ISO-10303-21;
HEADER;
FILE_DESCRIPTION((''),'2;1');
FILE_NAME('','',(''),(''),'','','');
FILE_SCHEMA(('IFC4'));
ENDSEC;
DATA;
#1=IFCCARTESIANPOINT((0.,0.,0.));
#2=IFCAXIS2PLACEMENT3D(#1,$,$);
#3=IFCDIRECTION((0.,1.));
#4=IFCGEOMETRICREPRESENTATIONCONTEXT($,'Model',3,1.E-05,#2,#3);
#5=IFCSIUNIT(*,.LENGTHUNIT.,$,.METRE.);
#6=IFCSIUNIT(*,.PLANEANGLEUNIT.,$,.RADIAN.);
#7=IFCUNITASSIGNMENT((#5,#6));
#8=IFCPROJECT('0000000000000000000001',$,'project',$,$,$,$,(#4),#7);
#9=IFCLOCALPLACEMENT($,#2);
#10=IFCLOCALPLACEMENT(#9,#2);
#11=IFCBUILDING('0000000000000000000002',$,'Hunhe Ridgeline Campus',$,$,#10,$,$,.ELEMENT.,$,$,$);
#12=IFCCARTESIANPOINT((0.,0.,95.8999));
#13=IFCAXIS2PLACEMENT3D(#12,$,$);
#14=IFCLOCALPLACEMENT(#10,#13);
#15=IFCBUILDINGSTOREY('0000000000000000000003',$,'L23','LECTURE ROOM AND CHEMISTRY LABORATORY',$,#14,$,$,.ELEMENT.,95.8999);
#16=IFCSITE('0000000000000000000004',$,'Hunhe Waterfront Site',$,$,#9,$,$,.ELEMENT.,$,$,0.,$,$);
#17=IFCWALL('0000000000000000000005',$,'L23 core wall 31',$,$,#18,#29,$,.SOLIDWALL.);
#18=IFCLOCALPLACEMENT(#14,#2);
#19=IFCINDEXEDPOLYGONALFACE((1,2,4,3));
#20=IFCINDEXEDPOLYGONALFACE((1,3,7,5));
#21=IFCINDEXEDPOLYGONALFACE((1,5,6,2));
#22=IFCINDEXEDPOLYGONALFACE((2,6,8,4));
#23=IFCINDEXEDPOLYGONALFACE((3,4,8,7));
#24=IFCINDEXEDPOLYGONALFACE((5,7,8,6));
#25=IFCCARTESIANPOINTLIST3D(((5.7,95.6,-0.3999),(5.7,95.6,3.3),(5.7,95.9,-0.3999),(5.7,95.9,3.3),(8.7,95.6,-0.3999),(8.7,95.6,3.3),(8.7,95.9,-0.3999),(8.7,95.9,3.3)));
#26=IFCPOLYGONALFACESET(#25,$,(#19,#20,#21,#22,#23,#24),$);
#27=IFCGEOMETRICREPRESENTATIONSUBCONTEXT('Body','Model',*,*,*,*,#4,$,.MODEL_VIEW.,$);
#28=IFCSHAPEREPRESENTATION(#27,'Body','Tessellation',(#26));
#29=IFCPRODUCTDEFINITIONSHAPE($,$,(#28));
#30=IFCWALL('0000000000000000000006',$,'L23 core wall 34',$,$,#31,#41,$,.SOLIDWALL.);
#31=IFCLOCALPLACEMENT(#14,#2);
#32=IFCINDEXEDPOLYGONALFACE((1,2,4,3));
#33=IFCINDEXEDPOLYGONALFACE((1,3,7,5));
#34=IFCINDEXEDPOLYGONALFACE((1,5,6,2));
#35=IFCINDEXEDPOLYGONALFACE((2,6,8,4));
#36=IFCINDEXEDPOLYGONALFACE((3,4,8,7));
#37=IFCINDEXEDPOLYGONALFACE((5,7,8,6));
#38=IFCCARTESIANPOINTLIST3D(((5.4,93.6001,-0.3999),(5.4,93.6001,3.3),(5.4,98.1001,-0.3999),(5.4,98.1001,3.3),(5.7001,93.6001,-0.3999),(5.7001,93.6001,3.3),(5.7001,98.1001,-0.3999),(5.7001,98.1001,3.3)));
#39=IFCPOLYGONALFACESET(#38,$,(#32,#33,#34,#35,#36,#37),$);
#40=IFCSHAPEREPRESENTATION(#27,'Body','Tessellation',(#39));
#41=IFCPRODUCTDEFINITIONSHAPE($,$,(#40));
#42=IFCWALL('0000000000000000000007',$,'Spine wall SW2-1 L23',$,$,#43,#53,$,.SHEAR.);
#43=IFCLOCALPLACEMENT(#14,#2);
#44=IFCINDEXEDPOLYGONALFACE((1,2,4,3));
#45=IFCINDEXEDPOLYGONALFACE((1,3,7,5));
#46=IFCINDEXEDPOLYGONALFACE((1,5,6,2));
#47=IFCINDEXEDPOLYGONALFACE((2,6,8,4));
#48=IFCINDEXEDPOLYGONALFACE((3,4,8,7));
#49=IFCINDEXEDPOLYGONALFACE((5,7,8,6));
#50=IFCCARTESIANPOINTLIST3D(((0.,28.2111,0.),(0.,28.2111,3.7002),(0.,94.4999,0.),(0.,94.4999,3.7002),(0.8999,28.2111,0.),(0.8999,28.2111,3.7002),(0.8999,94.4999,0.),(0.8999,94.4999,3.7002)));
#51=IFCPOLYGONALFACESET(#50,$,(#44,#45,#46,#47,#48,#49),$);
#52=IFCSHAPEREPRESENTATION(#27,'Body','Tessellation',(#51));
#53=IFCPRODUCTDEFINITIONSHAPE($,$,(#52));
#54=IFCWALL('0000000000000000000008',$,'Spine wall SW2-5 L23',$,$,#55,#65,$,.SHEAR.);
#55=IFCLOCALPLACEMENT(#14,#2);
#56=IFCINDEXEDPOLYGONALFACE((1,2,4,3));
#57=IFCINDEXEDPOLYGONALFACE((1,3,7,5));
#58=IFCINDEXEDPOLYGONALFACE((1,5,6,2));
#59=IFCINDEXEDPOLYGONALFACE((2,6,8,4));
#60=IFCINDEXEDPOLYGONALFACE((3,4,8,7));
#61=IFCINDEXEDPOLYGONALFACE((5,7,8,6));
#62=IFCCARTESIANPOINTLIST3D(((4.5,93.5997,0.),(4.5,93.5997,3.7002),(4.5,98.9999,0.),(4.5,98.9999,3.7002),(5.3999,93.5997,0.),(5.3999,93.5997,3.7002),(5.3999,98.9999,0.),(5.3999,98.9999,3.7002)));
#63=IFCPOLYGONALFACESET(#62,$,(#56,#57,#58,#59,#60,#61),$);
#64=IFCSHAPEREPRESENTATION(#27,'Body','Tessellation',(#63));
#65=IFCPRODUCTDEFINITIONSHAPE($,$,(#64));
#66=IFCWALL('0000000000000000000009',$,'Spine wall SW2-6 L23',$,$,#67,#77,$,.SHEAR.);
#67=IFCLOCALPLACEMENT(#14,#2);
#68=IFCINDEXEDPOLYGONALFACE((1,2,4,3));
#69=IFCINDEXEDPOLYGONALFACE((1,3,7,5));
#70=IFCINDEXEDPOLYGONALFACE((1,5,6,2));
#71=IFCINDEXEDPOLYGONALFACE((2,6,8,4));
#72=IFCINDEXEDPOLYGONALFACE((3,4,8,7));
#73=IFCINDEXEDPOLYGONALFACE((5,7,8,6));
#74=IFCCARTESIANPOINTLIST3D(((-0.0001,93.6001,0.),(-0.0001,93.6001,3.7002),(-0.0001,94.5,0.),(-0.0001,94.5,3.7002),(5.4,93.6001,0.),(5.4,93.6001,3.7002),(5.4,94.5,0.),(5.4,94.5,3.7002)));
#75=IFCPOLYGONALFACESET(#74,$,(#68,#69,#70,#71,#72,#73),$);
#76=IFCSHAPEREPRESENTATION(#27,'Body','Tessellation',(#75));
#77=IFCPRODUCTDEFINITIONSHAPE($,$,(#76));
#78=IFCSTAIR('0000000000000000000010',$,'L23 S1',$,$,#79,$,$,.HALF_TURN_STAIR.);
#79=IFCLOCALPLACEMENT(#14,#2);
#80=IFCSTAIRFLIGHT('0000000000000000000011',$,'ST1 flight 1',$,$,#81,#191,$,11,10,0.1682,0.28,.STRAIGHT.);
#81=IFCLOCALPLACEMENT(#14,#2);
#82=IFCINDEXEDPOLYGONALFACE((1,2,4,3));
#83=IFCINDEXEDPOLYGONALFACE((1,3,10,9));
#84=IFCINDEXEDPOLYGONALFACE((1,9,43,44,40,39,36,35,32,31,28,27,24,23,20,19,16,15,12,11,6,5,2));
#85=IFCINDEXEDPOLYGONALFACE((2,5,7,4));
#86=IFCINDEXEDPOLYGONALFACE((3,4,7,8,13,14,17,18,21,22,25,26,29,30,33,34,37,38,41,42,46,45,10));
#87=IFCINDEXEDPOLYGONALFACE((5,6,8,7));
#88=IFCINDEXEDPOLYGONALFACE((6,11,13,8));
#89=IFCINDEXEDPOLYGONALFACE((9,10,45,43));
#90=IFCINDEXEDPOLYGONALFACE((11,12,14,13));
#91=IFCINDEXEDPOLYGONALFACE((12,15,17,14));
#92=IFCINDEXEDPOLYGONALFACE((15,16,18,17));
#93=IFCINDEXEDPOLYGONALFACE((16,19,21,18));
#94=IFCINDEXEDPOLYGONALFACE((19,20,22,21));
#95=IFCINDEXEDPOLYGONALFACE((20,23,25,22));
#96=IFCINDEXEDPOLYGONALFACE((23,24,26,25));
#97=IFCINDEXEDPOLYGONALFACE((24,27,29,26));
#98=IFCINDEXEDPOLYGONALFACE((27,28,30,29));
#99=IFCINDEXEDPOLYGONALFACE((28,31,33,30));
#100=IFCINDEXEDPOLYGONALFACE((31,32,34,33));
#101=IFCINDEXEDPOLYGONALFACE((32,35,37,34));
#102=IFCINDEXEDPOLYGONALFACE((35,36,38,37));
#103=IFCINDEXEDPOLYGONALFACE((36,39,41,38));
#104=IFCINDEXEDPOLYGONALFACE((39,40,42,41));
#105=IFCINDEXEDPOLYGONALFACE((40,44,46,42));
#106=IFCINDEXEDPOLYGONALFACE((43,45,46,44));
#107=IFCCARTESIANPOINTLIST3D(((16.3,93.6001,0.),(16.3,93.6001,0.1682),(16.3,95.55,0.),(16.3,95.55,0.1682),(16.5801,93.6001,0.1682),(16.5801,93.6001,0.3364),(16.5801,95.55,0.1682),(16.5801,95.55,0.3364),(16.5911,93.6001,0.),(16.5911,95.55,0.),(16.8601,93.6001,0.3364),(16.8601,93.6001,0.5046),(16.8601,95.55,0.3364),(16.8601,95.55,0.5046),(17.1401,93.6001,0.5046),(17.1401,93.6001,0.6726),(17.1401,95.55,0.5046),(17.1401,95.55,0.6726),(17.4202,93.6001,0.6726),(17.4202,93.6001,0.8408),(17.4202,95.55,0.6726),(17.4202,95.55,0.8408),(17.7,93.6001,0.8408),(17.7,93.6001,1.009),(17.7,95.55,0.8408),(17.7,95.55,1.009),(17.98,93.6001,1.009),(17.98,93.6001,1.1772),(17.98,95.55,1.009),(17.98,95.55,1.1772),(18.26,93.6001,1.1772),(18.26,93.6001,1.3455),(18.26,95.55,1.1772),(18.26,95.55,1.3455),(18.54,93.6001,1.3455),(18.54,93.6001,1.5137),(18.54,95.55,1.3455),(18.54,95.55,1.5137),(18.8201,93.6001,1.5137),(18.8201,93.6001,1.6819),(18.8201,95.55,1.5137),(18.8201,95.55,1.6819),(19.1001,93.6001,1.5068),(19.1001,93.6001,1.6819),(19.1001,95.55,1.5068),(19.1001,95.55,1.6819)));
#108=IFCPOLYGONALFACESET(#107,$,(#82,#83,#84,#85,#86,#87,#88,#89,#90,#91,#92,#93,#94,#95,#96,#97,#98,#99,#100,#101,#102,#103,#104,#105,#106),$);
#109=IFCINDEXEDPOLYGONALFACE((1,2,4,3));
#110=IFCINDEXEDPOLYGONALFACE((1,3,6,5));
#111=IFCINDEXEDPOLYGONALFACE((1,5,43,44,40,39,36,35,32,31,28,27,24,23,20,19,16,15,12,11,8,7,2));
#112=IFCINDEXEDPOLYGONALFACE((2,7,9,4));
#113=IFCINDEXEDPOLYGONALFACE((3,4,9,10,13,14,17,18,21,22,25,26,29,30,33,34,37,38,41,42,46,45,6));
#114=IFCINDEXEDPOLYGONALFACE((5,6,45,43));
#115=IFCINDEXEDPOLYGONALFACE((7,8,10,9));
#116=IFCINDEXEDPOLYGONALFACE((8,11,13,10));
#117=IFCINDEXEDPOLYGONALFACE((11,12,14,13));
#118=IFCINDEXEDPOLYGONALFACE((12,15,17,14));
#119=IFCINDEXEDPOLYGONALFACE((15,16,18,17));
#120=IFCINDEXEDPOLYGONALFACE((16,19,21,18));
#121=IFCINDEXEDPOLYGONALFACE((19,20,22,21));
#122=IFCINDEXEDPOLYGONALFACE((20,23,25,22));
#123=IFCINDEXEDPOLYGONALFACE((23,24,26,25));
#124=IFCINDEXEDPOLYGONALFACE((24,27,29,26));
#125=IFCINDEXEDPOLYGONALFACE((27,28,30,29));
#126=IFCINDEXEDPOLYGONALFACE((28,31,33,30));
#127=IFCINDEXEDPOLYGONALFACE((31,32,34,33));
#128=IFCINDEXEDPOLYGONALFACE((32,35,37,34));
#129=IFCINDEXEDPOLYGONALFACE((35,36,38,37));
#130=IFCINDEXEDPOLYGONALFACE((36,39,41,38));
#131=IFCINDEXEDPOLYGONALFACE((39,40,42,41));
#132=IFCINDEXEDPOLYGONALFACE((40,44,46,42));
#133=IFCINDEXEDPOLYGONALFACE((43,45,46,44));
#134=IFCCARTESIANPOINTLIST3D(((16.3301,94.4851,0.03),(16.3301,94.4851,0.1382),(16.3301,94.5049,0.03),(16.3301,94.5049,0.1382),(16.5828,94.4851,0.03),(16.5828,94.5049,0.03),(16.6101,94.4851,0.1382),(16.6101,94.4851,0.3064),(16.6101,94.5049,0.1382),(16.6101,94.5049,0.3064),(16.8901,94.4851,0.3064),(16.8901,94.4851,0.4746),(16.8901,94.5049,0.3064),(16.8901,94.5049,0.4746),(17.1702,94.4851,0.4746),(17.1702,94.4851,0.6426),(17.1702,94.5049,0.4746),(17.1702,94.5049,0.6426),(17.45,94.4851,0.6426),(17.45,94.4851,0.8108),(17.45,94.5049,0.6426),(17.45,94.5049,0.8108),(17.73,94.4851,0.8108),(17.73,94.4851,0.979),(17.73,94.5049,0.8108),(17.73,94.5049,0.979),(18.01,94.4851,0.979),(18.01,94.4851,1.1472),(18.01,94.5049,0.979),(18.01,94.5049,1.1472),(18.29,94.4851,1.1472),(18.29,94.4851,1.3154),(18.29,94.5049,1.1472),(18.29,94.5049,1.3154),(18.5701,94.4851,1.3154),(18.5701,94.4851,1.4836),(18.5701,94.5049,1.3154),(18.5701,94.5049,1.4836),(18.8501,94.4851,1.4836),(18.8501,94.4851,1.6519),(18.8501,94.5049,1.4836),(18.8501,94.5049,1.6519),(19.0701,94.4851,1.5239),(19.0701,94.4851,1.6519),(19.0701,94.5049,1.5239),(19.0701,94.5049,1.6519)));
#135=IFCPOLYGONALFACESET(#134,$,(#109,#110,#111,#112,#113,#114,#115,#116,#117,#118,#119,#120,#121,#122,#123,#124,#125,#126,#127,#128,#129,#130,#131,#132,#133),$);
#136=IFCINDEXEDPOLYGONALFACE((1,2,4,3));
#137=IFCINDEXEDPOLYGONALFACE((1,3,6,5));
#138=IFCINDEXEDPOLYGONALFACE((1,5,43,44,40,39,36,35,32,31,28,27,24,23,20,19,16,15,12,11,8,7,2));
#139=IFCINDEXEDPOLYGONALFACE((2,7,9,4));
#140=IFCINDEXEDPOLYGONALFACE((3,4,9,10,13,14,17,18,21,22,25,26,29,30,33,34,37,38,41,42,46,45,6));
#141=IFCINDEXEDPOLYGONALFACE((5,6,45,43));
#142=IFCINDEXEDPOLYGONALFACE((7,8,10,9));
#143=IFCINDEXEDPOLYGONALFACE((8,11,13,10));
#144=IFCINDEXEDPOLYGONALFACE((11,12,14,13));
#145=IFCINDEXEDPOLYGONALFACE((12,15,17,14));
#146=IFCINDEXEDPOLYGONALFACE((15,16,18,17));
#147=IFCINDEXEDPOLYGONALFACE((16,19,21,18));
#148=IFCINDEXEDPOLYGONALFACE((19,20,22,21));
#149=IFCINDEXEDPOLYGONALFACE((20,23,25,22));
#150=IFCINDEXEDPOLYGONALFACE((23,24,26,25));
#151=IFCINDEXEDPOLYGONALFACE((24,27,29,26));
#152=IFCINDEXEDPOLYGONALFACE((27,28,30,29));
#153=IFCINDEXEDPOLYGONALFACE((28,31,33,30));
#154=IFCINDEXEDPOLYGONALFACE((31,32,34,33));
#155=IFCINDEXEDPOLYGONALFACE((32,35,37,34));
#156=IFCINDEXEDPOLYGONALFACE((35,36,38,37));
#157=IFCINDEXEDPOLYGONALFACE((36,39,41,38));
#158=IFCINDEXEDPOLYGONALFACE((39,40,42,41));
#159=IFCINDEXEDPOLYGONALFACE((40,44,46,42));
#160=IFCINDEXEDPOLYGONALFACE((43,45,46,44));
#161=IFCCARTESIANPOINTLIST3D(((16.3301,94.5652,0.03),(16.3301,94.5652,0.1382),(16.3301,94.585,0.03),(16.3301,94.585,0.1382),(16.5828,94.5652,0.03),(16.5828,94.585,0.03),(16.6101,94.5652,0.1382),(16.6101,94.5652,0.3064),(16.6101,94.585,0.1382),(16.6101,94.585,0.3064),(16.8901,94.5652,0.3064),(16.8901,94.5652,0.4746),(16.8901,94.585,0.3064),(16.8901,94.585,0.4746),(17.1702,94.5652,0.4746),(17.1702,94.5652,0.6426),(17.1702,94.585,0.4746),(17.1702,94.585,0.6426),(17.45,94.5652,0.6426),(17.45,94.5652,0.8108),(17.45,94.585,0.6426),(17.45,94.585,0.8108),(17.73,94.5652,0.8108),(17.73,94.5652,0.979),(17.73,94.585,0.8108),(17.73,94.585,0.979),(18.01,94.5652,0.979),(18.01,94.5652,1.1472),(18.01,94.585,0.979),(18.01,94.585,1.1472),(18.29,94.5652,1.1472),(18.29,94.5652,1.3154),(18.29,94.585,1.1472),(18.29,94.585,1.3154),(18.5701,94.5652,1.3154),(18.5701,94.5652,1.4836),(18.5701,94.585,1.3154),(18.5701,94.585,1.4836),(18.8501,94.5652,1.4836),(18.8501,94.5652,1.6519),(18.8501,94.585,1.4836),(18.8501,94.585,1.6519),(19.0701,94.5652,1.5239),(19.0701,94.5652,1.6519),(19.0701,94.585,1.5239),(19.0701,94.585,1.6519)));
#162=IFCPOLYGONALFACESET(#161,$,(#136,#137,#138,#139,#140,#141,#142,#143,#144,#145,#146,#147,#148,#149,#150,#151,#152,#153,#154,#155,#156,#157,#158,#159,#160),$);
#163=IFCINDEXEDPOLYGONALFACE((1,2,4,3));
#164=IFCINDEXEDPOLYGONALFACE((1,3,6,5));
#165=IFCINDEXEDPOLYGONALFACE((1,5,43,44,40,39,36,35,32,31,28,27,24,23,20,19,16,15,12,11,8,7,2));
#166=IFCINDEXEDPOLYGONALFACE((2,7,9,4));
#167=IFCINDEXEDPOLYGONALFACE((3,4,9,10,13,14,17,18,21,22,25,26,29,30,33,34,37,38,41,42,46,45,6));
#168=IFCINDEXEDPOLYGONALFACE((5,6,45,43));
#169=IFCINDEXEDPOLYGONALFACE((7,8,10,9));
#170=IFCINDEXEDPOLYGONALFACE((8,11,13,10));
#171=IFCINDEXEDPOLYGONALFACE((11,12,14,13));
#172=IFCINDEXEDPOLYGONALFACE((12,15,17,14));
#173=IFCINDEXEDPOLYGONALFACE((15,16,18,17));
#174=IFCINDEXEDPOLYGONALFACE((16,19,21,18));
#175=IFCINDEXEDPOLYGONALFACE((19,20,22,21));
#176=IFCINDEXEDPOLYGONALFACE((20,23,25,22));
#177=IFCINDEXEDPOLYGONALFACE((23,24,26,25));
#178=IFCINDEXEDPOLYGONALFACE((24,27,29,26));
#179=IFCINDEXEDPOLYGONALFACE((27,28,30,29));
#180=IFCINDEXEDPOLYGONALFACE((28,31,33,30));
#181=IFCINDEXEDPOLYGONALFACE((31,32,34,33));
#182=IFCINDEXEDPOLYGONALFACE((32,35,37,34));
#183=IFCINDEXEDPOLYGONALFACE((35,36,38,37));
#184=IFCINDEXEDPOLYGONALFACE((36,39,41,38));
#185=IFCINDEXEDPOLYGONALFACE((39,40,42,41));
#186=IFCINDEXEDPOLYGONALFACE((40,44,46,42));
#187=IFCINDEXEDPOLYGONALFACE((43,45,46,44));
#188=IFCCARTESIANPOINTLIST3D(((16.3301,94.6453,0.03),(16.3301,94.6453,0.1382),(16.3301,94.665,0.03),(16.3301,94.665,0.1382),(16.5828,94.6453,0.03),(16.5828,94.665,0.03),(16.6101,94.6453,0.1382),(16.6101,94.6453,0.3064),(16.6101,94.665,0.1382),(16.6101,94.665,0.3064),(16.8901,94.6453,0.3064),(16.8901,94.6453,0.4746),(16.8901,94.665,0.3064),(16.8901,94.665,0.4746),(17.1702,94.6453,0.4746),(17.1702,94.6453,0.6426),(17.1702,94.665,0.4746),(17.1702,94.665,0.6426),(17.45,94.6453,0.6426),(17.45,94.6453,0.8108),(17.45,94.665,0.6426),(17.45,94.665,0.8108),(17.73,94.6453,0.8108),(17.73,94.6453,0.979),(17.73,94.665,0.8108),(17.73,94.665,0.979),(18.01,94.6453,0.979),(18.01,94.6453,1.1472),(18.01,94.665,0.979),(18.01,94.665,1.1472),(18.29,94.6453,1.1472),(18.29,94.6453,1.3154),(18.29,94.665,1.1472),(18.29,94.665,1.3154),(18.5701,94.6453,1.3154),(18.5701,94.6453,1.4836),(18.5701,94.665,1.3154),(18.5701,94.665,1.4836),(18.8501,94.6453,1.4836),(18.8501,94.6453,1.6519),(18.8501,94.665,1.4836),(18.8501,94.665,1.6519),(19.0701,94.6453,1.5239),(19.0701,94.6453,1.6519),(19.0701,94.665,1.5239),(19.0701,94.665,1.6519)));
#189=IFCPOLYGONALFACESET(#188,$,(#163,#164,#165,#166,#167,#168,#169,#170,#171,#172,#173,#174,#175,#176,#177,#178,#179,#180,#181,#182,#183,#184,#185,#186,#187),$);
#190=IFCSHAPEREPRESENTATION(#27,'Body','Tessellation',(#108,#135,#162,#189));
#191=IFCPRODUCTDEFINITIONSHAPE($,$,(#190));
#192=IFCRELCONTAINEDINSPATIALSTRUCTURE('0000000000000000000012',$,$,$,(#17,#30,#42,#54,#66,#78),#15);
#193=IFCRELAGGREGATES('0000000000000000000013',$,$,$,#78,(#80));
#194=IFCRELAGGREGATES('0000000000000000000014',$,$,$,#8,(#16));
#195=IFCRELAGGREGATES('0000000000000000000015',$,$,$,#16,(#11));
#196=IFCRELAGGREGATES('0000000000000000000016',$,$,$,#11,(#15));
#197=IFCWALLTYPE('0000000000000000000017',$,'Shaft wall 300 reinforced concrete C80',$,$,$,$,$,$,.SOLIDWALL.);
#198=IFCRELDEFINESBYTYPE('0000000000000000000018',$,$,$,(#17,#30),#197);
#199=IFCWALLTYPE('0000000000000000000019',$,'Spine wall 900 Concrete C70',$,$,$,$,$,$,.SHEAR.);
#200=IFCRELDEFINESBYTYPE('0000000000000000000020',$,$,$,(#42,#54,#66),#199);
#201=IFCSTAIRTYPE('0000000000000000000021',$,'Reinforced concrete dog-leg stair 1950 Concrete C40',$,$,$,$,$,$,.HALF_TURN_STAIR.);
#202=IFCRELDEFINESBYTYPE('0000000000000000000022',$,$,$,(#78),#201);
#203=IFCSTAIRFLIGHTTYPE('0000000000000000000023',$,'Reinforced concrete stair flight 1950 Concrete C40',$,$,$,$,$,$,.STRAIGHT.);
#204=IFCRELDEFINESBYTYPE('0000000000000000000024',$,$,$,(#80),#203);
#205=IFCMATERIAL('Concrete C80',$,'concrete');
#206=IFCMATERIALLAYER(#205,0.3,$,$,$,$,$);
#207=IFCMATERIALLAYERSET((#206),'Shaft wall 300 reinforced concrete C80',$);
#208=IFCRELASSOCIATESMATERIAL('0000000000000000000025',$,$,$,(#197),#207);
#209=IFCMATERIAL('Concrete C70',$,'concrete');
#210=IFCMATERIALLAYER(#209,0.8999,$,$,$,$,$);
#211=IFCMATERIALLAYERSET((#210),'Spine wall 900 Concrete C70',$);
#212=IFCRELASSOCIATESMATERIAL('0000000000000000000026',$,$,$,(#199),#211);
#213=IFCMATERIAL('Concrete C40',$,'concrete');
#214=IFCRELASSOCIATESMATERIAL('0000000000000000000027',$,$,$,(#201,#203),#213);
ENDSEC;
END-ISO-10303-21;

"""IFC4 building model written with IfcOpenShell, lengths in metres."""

from ifc_helpers import new_model, si_unit, direction, frame, frame_2d, origin, place, context, subcontext, project, spatial, polyline, rectangle, outline, extrude, material, layer, layer_set, type_object, element, aggregate, save


model = new_model("IFC4")

# Units and contexts
model_context = context("Model", 3, precision=1e-05, world=origin(), true_north=direction((0.0, 1.0)))
body_context = subcontext(model_context, "Body", "Model", "MODEL_VIEW")
ifc_project = project(units=[si_unit("LENGTHUNIT", "METRE"), si_unit("PLANEANGLEUNIT", "RADIAN")], contexts=[model_context])

# Site, building, storey
site_placement = place(None, origin())
site = spatial("IfcSite", under=ifc_project, at=site_placement, Name="Hunhe Waterfront Site", CompositionType="ELEMENT", RefElevation=0.0)
building_placement = place(site_placement, origin())
building = spatial("IfcBuilding", under=site, at=building_placement, Name="Hunhe Ridgeline Campus", CompositionType="ELEMENT")
storey_placement = place(building_placement, frame((0.0, 0.0, 95.8999)))
storey = spatial("IfcBuildingStorey", under=building, at=storey_placement, Name="L23", Description="LECTURE ROOM AND CHEMISTRY LABORATORY", CompositionType="ELEMENT", Elevation=95.8999)

# Shared definitions
ifc_material_1 = material(Name="Concrete C80", Category="concrete")
ifc_layer_1 = layer(ifc_material_1, 0.3)
ifc_layer_set_1 = layer_set([ifc_layer_1], Name="Shaft wall 300 reinforced concrete C80")
wall_type_1 = type_object("IfcWallType", Name="Shaft wall 300 reinforced concrete C80", PredefinedType="SOLIDWALL", material=ifc_layer_set_1)

# Walls
wall_1_placement = place(storey_placement, frame((5.7, 95.75, -0.3999), z_axis=(0.0, 0.0, 1.0), x_axis=(1.0, 0.0, 0.0)))
element("IfcWall", 1, at=wall_1_placement, inside=storey, type_object=wall_type_1, Name="L23 core wall 31", PredefinedType="SOLIDWALL", context=body_context, shape_type="SweptSolid", body=[
    extrude(rectangle(XDim=3.0, YDim=0.3, at=frame_2d((1.5, 0.0))), origin(), (0.0, 0.0, 1.0), 3.7),
])
wall_2_placement = place(storey_placement, frame((5.55, 93.6001, -0.3999), z_axis=(0.0, 0.0, 1.0), x_axis=(0.0, 1.0, 0.0)))
element("IfcWall", 2, at=wall_2_placement, inside=storey, type_object=wall_type_1, Name="L23 core wall 34", PredefinedType="SOLIDWALL", context=body_context, shape_type="SweptSolid", body=[
    extrude(rectangle(XDim=4.5, YDim=0.3, at=frame_2d((2.25, 0.0))), origin(), (0.0, 0.0, 1.0), 3.7),
])

# Walls
ifc_material_2 = material(Name="Concrete C70", Category="concrete")
ifc_layer_2 = layer(ifc_material_2, 0.8999)
ifc_layer_set_2 = layer_set([ifc_layer_2], Name="Spine wall 900 Concrete C70")
wall_type_2 = type_object("IfcWallType", Name="Spine wall 900 Concrete C70", PredefinedType="SHEAR", material=ifc_layer_set_2)
wall_3_placement = place(storey_placement, frame((0.45, 94.5, 0.0), z_axis=(0.0, 0.0, 1.0), x_axis=(0.0, -1.0, 0.0)))
element("IfcWall", 3, at=wall_3_placement, inside=storey, type_object=wall_type_2, Name="Spine wall SW2-1 L23", PredefinedType="SHEAR", context=body_context, shape_type="SweptSolid", body=[
    extrude(rectangle(XDim=66.2888, YDim=0.8999, at=frame_2d((33.1445, 0.0))), origin(), (0.0, 0.0, 1.0), 3.7002),
])
for number, where, z_axis, x_axis, name in (
    (4, (4.95, 99.0, 0.0), (0.0, 0.0, 1.0), (0.0, -1.0, 0.0), "Spine wall SW2-5 L23"),
    (5, (5.4001, 94.05, 0.0), (0.0, 0.0, 1.0), (-1.0, 0.0, 0.0), "Spine wall SW2-6 L23"),
):
    element("IfcWall", number, at=place(storey_placement, frame(where, z_axis=z_axis, x_axis=x_axis)), inside=storey, type_object=wall_type_2, Name=name, PredefinedType="SHEAR", context=body_context, shape_type="SweptSolid", body=[
        extrude(rectangle(XDim=5.4001, YDim=0.8999, at=frame_2d((2.7002, 0.0))), origin(), (0.0, 0.0, 1.0), 3.7002),
    ])

# Stair, stair flight
ifc_material_3 = material(Name="Concrete C40", Category="concrete")
stair_type = type_object("IfcStairType", Name="Reinforced concrete dog-leg stair 1950 Concrete C40", PredefinedType="HALF_TURN_STAIR", material=ifc_material_3)
stair_placement = place(storey_placement, origin())
stair = element("IfcStair", 6, at=stair_placement, inside=storey, type_object=stair_type, Name="L23 S1", PredefinedType="HALF_TURN_STAIR")
stair_flight_type = type_object("IfcStairFlightType", Name="Reinforced concrete stair flight 1950 Concrete C40", PredefinedType="STRAIGHT", material=ifc_material_3)
stair_flight_1_placement = place(storey_placement, frame((16.3, 94.575, 0.0), z_axis=(0.0, 0.0, 1.0), x_axis=(1.0, 0.0, 0.0)))
stair_flight_1 = element("IfcStairFlight", 7, at=stair_flight_1_placement, type_object=stair_flight_type, Name="ST1 flight 1", NumberOfRisers=11, NumberOfTreads=10, PredefinedType="STRAIGHT", RiserHeight=0.1682, TreadLength=0.28, context=body_context, shape_type="SweptSolid", body=[
    extrude(outline(polyline([(0.0, 0.0), (0.0, 0.1682), (0.28, 0.1682), (0.28, 0.3364), (0.5601, 0.3364), (0.5601, 0.5046), (0.8401, 0.5046), (0.8401, 0.6726), (1.1201, 0.6726), (1.1201, 0.8408), (1.3999, 0.8408), (1.3999, 1.009), (1.6799, 1.009), (1.6799, 1.1772), (1.96, 1.1772), (1.96, 1.3455), (2.24, 1.3455), (2.24, 1.5137), (2.52, 1.5137), (2.52, 1.6819), (2.8, 1.6819), (2.8, 1.8501), (2.8, 1.5068), (0.291, 0.0), (0.0, 0.0)])), frame((0.0, 0.9751, 0.0), z_axis=(0.0, -1.0, 0.0), x_axis=(1.0, 0.0, 0.0)), (0.0, 0.0, 1.0), 1.95),
    extrude(outline(polyline([(0.03, 0.03), (0.03, 0.1382), (0.3101, 0.1382), (0.3101, 0.3064), (0.5901, 0.3064), (0.5901, 0.4746), (0.8701, 0.4746), (0.8701, 0.6426), (1.1499, 0.6426), (1.1499, 0.8108), (1.4299, 0.8108), (1.4299, 0.979), (1.71, 0.979), (1.71, 1.1472), (1.99, 1.1472), (1.99, 1.3154), (2.27, 1.3154), (2.27, 1.4836), (2.55, 1.4836), (2.55, 1.6519), (2.77, 1.6519), (2.77, 1.5239), (0.2827, 0.03), (0.03, 0.03)])), frame((0.0, -0.0701, 0.0), z_axis=(0.0, -1.0, 0.0), x_axis=(1.0, 0.0, 0.0)), (0.0, 0.0, 1.0), 0.0198),
    extrude(outline(polyline([(0.03, 0.03), (0.03, 0.1382), (0.3101, 0.1382), (0.3101, 0.3064), (0.5901, 0.3064), (0.5901, 0.4746), (0.8701, 0.4746), (0.8701, 0.6426), (1.1499, 0.6426), (1.1499, 0.8108), (1.4299, 0.8108), (1.4299, 0.979), (1.71, 0.979), (1.71, 1.1472), (1.99, 1.1472), (1.99, 1.3154), (2.27, 1.3154), (2.27, 1.4836), (2.55, 1.4836), (2.55, 1.6519), (2.77, 1.6519), (2.77, 1.5239), (0.2827, 0.03), (0.03, 0.03)])), frame((0.0, 0.01, 0.0), z_axis=(0.0, -1.0, 0.0), x_axis=(1.0, 0.0, 0.0)), (0.0, 0.0, 1.0), 0.0198),
    extrude(outline(polyline([(0.03, 0.03), (0.03, 0.1382), (0.3101, 0.1382), (0.3101, 0.3064), (0.5901, 0.3064), (0.5901, 0.4746), (0.8701, 0.4746), (0.8701, 0.6426), (1.1499, 0.6426), (1.1499, 0.8108), (1.4299, 0.8108), (1.4299, 0.979), (1.71, 0.979), (1.71, 1.1472), (1.99, 1.1472), (1.99, 1.3154), (2.27, 1.3154), (2.27, 1.4836), (2.55, 1.4836), (2.55, 1.6519), (2.77, 1.6519), (2.77, 1.5239), (0.2827, 0.03), (0.03, 0.03)])), frame((0.0, 0.0901, 0.0), z_axis=(0.0, -1.0, 0.0), x_axis=(1.0, 0.0, 0.0)), (0.0, 0.0, 1.0), 0.0198),
])
aggregate(stair, [stair_flight_1])

save(model, "model.ifc")
